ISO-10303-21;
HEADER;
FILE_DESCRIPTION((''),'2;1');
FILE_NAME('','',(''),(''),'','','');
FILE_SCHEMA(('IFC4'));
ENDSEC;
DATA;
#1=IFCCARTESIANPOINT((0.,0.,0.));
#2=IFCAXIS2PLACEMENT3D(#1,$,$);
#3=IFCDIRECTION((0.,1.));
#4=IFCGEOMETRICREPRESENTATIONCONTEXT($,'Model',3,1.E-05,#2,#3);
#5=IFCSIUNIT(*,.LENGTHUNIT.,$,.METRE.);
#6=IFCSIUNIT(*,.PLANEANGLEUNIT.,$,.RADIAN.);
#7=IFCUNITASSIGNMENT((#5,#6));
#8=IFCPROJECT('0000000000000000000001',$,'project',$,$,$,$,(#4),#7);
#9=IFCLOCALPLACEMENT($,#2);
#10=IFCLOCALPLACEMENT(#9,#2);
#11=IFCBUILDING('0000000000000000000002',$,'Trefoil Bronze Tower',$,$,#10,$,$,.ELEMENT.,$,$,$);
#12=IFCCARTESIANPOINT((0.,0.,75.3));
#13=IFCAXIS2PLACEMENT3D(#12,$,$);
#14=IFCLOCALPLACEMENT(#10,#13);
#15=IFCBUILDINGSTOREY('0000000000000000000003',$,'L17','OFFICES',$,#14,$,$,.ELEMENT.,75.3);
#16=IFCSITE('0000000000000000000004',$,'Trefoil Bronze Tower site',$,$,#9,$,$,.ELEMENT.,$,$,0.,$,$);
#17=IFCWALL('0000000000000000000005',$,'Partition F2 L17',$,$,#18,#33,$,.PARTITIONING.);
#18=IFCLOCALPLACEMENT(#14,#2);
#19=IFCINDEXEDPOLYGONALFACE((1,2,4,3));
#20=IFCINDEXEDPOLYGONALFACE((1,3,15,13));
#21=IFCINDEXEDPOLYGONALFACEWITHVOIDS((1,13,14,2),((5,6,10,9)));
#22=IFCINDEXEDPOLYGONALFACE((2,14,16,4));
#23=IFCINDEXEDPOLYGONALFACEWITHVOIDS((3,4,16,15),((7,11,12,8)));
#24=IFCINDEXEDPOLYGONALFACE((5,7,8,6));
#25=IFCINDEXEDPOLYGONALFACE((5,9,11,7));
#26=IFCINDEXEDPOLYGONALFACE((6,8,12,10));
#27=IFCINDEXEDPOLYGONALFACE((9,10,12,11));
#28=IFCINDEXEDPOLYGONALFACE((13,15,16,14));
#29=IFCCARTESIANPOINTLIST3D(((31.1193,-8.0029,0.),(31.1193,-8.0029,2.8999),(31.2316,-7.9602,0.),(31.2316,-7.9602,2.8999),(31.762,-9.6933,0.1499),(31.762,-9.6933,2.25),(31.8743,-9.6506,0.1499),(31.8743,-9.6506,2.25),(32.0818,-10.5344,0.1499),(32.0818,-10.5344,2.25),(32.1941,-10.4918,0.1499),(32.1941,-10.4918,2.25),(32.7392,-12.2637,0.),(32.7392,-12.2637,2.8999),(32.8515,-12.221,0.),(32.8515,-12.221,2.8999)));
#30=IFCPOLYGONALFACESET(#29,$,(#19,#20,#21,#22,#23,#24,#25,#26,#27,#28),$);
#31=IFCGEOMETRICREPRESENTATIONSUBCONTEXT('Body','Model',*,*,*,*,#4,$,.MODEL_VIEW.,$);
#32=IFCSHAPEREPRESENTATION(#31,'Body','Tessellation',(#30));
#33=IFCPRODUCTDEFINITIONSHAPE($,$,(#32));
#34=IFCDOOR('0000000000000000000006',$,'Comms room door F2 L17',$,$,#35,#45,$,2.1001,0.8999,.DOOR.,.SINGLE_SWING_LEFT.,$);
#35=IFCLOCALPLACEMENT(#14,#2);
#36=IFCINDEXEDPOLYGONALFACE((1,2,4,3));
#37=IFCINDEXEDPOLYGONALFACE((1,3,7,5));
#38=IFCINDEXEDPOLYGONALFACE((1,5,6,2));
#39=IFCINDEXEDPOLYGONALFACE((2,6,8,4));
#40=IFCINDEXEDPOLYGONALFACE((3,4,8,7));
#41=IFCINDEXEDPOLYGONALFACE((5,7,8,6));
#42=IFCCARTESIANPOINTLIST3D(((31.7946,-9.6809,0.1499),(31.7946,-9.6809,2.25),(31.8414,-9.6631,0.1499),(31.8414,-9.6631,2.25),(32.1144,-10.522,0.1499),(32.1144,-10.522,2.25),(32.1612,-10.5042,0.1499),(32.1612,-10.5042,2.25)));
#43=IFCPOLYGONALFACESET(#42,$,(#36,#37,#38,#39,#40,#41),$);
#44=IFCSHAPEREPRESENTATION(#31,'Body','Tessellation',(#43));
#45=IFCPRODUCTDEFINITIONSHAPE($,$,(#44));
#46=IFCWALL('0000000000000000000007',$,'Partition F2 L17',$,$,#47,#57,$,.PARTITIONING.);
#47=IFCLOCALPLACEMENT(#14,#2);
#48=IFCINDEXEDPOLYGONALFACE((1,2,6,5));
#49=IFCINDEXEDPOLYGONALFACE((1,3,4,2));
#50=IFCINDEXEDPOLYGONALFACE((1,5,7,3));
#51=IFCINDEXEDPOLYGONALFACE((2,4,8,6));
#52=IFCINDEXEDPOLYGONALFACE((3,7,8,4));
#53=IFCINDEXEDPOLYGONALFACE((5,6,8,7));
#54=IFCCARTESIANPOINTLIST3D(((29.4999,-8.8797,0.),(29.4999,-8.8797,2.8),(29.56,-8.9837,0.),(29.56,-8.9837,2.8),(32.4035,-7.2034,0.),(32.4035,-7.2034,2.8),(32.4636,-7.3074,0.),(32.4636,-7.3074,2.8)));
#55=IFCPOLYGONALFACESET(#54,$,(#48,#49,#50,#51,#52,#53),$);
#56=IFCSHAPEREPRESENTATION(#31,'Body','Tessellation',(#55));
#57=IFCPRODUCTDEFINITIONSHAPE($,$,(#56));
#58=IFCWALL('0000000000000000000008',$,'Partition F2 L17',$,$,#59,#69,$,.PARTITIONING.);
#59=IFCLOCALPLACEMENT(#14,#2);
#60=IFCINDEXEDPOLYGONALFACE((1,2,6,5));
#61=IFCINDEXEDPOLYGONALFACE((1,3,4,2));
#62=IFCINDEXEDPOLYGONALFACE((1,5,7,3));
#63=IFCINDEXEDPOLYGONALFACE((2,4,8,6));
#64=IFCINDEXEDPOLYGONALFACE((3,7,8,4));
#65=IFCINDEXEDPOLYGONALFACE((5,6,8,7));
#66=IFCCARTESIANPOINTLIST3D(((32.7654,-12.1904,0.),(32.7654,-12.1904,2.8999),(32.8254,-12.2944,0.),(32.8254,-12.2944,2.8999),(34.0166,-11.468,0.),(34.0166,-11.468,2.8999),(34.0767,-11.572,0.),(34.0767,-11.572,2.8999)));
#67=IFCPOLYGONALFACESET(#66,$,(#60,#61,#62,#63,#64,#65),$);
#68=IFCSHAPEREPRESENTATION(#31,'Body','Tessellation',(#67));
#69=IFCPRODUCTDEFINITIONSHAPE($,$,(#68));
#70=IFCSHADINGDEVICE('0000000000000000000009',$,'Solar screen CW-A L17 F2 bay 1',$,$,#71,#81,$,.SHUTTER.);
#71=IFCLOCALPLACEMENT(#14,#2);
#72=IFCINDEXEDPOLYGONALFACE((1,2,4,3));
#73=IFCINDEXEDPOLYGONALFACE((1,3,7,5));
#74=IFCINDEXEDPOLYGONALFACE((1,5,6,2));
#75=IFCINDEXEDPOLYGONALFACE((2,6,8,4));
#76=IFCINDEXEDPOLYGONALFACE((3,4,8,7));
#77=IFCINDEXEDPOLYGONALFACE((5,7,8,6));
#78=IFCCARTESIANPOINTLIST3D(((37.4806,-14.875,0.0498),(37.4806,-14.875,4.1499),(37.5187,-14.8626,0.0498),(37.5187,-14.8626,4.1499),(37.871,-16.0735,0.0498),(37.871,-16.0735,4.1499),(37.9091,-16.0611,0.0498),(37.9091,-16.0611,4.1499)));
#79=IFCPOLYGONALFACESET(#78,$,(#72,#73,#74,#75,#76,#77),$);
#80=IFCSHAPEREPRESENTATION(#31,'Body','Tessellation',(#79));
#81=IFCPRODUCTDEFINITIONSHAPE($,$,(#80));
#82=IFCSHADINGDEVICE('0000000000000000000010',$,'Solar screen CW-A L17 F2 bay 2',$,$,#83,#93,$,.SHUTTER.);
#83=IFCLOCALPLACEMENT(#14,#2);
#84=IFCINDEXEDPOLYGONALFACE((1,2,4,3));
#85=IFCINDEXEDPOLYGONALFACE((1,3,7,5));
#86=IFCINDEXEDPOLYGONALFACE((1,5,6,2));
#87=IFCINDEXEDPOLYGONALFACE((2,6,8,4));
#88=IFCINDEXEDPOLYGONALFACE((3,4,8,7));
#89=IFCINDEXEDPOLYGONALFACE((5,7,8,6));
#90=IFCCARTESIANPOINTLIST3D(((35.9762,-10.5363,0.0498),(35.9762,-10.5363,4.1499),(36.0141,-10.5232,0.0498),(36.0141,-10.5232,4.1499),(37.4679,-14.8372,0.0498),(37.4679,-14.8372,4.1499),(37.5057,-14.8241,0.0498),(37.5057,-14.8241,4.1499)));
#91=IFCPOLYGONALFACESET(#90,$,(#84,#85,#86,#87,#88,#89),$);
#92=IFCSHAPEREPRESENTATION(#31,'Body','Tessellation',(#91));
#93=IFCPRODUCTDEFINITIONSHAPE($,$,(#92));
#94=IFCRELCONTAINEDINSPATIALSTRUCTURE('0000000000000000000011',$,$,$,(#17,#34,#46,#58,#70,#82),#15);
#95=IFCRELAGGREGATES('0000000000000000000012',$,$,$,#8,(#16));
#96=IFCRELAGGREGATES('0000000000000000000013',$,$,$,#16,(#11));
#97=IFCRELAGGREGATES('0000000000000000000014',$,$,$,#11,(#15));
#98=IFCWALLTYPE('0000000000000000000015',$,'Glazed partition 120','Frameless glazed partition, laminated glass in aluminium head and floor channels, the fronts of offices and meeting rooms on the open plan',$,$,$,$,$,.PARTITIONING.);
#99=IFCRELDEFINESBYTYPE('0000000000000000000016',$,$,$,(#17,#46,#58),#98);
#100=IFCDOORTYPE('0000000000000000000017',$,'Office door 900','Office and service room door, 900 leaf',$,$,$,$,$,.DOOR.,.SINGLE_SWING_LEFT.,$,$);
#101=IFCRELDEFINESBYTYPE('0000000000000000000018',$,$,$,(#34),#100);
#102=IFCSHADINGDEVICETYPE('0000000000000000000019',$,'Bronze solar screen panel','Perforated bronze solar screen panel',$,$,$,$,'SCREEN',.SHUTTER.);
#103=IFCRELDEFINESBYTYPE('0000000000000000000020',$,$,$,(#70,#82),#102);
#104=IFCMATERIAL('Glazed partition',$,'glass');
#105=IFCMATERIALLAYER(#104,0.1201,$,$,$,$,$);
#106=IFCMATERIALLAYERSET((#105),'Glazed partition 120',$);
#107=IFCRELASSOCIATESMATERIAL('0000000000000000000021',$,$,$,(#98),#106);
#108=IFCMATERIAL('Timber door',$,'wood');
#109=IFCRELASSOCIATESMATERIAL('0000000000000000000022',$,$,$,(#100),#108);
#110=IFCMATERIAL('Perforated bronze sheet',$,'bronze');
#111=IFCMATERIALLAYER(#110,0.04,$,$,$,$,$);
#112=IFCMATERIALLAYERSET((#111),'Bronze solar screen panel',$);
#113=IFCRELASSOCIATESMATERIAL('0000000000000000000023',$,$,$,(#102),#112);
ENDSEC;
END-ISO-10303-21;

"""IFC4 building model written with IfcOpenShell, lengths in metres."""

from ifc_helpers import new_model, si_unit, direction, frame, frame_2d, origin, origin_2d, place, context, subcontext, project, spatial, rectangle, extrude, material, layer, layer_set, type_object, element, fill, save


model = new_model("IFC4")

# Units and contexts
model_context = context("Model", 3, precision=1e-05, world=origin(), true_north=direction((0.0, 1.0)))
body_context = subcontext(model_context, "Body", "Model", "MODEL_VIEW")
ifc_project = project(units=[si_unit("LENGTHUNIT", "METRE"), si_unit("PLANEANGLEUNIT", "RADIAN")], contexts=[model_context])

# Site, building, storey
site_placement = place(None, origin())
site = spatial("IfcSite", under=ifc_project, at=site_placement, Name="Trefoil Bronze Tower site", CompositionType="ELEMENT", RefElevation=0.0)
building_placement = place(site_placement, origin())
building = spatial("IfcBuilding", under=site, at=building_placement, Name="Trefoil Bronze Tower", CompositionType="ELEMENT")
storey_placement = place(building_placement, frame((0.0, 0.0, 75.3)))
storey = spatial("IfcBuildingStorey", under=building, at=storey_placement, Name="L17", Description="OFFICES", CompositionType="ELEMENT", Elevation=75.3)

# Shared definitions
ifc_material_1 = material(Name="Glazed partition", Category="glass")
ifc_layer_1 = layer(ifc_material_1, 0.1201)
ifc_layer_set_1 = layer_set([ifc_layer_1], Name="Glazed partition 120")
wall_type = type_object("IfcWallType", Name="Glazed partition 120", Description="Frameless glazed partition, laminated glass in aluminium head and floor channels, the fronts of offices and meeting rooms on the open plan", PredefinedType="PARTITIONING", material=ifc_layer_set_1)

# Wall, opening, door
wall_1_placement = place(storey_placement, frame((32.7954, -12.2424, 0.0), z_axis=(0.0, 0.0, 1.0), x_axis=(-0.355369, 0.934726, 0.0)))
wall_1 = element("IfcWall", 1, at=wall_1_placement, inside=storey, type_object=wall_type, Name="Partition F2 L17", PredefinedType="PARTITIONING", context=body_context, shape_type="SweptSolid", body=[
    extrude(rectangle(XDim=4.5583, YDim=0.1201, at=frame_2d((2.2793, 0.0))), origin(), (0.0, 0.0, 1.0), 2.8999),
])
opening_1_placement = place(wall_1_placement, frame((1.8501, 0.0, 0.1499)))
opening_1 = element("IfcOpeningElement", 2, at=opening_1_placement, cuts=wall_1, PredefinedType="OPENING", context=body_context, shape_type="SweptSolid", body=[
    extrude(rectangle(XDim=0.8999, YDim=2.1001, at=frame_2d((0.45, 1.05))), frame((0.0, 0.0701, 0.0), z_axis=(0.0, -1.0, 0.0), x_axis=(1.0, 0.0, 0.0)), (0.0, 0.0, 1.0), 0.1401),
])
ifc_material_2 = material(Name="Timber door", Category="wood")
door_type_1 = type_object("IfcDoorType", Name="Office door 900", Description="Office and service room door, 900 leaf", OperationType="SINGLE_SWING_LEFT", PredefinedType="DOOR", material=ifc_material_2)
door_1_placement = place(opening_1_placement, frame((0.8999, 0.0, 0.0), z_axis=(0.0, 0.0, 1.0), x_axis=(-1.0, 0.0, 0.0)))
door_1 = element("IfcDoor", 3, at=door_1_placement, inside=storey, type_object=door_type_1, Name="Comms room door F2 L17", OperationType="SINGLE_SWING_LEFT", OverallHeight=2.1001, OverallWidth=0.8999, PredefinedType="DOOR", context=body_context, shape_type="SweptSolid", body=[
    extrude(rectangle(XDim=0.8999, YDim=2.1001, at=frame_2d((0.45, 1.05))), frame((0.0, 0.0249, 0.0), z_axis=(0.0, -1.0, 0.0), x_axis=(1.0, 0.0, 0.0)), (0.0, 0.0, 1.0), 0.05),
])
fill(opening_1, door_1)

# Walls
wall_2_placement = place(storey_placement, frame((29.53, -8.9316, 0.0), z_axis=(0.0, 0.0, 1.0), x_axis=(0.866039, 0.499977, 0.0)))
element("IfcWall", 4, at=wall_2_placement, inside=storey, type_object=wall_type, Name="Partition F2 L17", PredefinedType="PARTITIONING", context=body_context, shape_type="SweptSolid", body=[
    extrude(rectangle(XDim=3.3528, YDim=0.1201, at=frame_2d((1.6763, 0.0))), origin(), (0.0, 0.0, 1.0), 2.8),
])
wall_3_placement = place(storey_placement, frame((32.7954, -12.2424, 0.0), z_axis=(0.0, 0.0, 1.0), x_axis=(0.86602, 0.50001, 0.0)))
element("IfcWall", 5, at=wall_3_placement, inside=storey, type_object=wall_type, Name="Partition F2 L17", PredefinedType="PARTITIONING", context=body_context, shape_type="SweptSolid", body=[
    extrude(rectangle(XDim=1.4448, YDim=0.1201, at=frame_2d((0.7224, 0.0))), origin(), (0.0, 0.0, 1.0), 2.8999),
])

# Shading devices
ifc_material_3 = material(Name="Perforated bronze sheet", Category="bronze")
ifc_layer_2 = layer(ifc_material_3, 0.04)
ifc_layer_set_2 = layer_set([ifc_layer_2], Name="Bronze solar screen panel")
shading_device_type = type_object("IfcShadingDeviceType", Name="Bronze solar screen panel", Description="Perforated bronze solar screen panel", ElementType="SCREEN", PredefinedType="SHUTTER", material=ifc_layer_set_2)
shading_device_1_placement = place(storey_placement, frame((37.6948, -15.468, 0.0498), z_axis=(0.0, 0.0, 1.0), x_axis=(-0.309728, 0.950825, 0.0)))
element("IfcShadingDevice", 6, at=shading_device_1_placement, inside=storey, type_object=shading_device_type, Name="Solar screen CW-A L17 F2 bay 1", PredefinedType="SHUTTER", context=body_context, shape_type="SweptSolid", body=[
    extrude(rectangle(XDim=1.2605, YDim=0.04, at=origin_2d()), origin(), (0.0, 0.0, 1.0), 4.1001),
])
shading_device_2_placement = place(storey_placement, frame((36.741, -12.6802, 0.0498), z_axis=(0.0, 0.0, 1.0), x_axis=(-0.327674, 0.944791, 0.0)))
element("IfcShadingDevice", 7, at=shading_device_2_placement, inside=storey, type_object=shading_device_type, Name="Solar screen CW-A L17 F2 bay 2", PredefinedType="SHUTTER", context=body_context, shape_type="SweptSolid", body=[
    extrude(rectangle(XDim=4.5522, YDim=0.04, at=origin_2d()), origin(), (0.0, 0.0, 1.0), 4.1001),
])

save(model, "model.ifc")
